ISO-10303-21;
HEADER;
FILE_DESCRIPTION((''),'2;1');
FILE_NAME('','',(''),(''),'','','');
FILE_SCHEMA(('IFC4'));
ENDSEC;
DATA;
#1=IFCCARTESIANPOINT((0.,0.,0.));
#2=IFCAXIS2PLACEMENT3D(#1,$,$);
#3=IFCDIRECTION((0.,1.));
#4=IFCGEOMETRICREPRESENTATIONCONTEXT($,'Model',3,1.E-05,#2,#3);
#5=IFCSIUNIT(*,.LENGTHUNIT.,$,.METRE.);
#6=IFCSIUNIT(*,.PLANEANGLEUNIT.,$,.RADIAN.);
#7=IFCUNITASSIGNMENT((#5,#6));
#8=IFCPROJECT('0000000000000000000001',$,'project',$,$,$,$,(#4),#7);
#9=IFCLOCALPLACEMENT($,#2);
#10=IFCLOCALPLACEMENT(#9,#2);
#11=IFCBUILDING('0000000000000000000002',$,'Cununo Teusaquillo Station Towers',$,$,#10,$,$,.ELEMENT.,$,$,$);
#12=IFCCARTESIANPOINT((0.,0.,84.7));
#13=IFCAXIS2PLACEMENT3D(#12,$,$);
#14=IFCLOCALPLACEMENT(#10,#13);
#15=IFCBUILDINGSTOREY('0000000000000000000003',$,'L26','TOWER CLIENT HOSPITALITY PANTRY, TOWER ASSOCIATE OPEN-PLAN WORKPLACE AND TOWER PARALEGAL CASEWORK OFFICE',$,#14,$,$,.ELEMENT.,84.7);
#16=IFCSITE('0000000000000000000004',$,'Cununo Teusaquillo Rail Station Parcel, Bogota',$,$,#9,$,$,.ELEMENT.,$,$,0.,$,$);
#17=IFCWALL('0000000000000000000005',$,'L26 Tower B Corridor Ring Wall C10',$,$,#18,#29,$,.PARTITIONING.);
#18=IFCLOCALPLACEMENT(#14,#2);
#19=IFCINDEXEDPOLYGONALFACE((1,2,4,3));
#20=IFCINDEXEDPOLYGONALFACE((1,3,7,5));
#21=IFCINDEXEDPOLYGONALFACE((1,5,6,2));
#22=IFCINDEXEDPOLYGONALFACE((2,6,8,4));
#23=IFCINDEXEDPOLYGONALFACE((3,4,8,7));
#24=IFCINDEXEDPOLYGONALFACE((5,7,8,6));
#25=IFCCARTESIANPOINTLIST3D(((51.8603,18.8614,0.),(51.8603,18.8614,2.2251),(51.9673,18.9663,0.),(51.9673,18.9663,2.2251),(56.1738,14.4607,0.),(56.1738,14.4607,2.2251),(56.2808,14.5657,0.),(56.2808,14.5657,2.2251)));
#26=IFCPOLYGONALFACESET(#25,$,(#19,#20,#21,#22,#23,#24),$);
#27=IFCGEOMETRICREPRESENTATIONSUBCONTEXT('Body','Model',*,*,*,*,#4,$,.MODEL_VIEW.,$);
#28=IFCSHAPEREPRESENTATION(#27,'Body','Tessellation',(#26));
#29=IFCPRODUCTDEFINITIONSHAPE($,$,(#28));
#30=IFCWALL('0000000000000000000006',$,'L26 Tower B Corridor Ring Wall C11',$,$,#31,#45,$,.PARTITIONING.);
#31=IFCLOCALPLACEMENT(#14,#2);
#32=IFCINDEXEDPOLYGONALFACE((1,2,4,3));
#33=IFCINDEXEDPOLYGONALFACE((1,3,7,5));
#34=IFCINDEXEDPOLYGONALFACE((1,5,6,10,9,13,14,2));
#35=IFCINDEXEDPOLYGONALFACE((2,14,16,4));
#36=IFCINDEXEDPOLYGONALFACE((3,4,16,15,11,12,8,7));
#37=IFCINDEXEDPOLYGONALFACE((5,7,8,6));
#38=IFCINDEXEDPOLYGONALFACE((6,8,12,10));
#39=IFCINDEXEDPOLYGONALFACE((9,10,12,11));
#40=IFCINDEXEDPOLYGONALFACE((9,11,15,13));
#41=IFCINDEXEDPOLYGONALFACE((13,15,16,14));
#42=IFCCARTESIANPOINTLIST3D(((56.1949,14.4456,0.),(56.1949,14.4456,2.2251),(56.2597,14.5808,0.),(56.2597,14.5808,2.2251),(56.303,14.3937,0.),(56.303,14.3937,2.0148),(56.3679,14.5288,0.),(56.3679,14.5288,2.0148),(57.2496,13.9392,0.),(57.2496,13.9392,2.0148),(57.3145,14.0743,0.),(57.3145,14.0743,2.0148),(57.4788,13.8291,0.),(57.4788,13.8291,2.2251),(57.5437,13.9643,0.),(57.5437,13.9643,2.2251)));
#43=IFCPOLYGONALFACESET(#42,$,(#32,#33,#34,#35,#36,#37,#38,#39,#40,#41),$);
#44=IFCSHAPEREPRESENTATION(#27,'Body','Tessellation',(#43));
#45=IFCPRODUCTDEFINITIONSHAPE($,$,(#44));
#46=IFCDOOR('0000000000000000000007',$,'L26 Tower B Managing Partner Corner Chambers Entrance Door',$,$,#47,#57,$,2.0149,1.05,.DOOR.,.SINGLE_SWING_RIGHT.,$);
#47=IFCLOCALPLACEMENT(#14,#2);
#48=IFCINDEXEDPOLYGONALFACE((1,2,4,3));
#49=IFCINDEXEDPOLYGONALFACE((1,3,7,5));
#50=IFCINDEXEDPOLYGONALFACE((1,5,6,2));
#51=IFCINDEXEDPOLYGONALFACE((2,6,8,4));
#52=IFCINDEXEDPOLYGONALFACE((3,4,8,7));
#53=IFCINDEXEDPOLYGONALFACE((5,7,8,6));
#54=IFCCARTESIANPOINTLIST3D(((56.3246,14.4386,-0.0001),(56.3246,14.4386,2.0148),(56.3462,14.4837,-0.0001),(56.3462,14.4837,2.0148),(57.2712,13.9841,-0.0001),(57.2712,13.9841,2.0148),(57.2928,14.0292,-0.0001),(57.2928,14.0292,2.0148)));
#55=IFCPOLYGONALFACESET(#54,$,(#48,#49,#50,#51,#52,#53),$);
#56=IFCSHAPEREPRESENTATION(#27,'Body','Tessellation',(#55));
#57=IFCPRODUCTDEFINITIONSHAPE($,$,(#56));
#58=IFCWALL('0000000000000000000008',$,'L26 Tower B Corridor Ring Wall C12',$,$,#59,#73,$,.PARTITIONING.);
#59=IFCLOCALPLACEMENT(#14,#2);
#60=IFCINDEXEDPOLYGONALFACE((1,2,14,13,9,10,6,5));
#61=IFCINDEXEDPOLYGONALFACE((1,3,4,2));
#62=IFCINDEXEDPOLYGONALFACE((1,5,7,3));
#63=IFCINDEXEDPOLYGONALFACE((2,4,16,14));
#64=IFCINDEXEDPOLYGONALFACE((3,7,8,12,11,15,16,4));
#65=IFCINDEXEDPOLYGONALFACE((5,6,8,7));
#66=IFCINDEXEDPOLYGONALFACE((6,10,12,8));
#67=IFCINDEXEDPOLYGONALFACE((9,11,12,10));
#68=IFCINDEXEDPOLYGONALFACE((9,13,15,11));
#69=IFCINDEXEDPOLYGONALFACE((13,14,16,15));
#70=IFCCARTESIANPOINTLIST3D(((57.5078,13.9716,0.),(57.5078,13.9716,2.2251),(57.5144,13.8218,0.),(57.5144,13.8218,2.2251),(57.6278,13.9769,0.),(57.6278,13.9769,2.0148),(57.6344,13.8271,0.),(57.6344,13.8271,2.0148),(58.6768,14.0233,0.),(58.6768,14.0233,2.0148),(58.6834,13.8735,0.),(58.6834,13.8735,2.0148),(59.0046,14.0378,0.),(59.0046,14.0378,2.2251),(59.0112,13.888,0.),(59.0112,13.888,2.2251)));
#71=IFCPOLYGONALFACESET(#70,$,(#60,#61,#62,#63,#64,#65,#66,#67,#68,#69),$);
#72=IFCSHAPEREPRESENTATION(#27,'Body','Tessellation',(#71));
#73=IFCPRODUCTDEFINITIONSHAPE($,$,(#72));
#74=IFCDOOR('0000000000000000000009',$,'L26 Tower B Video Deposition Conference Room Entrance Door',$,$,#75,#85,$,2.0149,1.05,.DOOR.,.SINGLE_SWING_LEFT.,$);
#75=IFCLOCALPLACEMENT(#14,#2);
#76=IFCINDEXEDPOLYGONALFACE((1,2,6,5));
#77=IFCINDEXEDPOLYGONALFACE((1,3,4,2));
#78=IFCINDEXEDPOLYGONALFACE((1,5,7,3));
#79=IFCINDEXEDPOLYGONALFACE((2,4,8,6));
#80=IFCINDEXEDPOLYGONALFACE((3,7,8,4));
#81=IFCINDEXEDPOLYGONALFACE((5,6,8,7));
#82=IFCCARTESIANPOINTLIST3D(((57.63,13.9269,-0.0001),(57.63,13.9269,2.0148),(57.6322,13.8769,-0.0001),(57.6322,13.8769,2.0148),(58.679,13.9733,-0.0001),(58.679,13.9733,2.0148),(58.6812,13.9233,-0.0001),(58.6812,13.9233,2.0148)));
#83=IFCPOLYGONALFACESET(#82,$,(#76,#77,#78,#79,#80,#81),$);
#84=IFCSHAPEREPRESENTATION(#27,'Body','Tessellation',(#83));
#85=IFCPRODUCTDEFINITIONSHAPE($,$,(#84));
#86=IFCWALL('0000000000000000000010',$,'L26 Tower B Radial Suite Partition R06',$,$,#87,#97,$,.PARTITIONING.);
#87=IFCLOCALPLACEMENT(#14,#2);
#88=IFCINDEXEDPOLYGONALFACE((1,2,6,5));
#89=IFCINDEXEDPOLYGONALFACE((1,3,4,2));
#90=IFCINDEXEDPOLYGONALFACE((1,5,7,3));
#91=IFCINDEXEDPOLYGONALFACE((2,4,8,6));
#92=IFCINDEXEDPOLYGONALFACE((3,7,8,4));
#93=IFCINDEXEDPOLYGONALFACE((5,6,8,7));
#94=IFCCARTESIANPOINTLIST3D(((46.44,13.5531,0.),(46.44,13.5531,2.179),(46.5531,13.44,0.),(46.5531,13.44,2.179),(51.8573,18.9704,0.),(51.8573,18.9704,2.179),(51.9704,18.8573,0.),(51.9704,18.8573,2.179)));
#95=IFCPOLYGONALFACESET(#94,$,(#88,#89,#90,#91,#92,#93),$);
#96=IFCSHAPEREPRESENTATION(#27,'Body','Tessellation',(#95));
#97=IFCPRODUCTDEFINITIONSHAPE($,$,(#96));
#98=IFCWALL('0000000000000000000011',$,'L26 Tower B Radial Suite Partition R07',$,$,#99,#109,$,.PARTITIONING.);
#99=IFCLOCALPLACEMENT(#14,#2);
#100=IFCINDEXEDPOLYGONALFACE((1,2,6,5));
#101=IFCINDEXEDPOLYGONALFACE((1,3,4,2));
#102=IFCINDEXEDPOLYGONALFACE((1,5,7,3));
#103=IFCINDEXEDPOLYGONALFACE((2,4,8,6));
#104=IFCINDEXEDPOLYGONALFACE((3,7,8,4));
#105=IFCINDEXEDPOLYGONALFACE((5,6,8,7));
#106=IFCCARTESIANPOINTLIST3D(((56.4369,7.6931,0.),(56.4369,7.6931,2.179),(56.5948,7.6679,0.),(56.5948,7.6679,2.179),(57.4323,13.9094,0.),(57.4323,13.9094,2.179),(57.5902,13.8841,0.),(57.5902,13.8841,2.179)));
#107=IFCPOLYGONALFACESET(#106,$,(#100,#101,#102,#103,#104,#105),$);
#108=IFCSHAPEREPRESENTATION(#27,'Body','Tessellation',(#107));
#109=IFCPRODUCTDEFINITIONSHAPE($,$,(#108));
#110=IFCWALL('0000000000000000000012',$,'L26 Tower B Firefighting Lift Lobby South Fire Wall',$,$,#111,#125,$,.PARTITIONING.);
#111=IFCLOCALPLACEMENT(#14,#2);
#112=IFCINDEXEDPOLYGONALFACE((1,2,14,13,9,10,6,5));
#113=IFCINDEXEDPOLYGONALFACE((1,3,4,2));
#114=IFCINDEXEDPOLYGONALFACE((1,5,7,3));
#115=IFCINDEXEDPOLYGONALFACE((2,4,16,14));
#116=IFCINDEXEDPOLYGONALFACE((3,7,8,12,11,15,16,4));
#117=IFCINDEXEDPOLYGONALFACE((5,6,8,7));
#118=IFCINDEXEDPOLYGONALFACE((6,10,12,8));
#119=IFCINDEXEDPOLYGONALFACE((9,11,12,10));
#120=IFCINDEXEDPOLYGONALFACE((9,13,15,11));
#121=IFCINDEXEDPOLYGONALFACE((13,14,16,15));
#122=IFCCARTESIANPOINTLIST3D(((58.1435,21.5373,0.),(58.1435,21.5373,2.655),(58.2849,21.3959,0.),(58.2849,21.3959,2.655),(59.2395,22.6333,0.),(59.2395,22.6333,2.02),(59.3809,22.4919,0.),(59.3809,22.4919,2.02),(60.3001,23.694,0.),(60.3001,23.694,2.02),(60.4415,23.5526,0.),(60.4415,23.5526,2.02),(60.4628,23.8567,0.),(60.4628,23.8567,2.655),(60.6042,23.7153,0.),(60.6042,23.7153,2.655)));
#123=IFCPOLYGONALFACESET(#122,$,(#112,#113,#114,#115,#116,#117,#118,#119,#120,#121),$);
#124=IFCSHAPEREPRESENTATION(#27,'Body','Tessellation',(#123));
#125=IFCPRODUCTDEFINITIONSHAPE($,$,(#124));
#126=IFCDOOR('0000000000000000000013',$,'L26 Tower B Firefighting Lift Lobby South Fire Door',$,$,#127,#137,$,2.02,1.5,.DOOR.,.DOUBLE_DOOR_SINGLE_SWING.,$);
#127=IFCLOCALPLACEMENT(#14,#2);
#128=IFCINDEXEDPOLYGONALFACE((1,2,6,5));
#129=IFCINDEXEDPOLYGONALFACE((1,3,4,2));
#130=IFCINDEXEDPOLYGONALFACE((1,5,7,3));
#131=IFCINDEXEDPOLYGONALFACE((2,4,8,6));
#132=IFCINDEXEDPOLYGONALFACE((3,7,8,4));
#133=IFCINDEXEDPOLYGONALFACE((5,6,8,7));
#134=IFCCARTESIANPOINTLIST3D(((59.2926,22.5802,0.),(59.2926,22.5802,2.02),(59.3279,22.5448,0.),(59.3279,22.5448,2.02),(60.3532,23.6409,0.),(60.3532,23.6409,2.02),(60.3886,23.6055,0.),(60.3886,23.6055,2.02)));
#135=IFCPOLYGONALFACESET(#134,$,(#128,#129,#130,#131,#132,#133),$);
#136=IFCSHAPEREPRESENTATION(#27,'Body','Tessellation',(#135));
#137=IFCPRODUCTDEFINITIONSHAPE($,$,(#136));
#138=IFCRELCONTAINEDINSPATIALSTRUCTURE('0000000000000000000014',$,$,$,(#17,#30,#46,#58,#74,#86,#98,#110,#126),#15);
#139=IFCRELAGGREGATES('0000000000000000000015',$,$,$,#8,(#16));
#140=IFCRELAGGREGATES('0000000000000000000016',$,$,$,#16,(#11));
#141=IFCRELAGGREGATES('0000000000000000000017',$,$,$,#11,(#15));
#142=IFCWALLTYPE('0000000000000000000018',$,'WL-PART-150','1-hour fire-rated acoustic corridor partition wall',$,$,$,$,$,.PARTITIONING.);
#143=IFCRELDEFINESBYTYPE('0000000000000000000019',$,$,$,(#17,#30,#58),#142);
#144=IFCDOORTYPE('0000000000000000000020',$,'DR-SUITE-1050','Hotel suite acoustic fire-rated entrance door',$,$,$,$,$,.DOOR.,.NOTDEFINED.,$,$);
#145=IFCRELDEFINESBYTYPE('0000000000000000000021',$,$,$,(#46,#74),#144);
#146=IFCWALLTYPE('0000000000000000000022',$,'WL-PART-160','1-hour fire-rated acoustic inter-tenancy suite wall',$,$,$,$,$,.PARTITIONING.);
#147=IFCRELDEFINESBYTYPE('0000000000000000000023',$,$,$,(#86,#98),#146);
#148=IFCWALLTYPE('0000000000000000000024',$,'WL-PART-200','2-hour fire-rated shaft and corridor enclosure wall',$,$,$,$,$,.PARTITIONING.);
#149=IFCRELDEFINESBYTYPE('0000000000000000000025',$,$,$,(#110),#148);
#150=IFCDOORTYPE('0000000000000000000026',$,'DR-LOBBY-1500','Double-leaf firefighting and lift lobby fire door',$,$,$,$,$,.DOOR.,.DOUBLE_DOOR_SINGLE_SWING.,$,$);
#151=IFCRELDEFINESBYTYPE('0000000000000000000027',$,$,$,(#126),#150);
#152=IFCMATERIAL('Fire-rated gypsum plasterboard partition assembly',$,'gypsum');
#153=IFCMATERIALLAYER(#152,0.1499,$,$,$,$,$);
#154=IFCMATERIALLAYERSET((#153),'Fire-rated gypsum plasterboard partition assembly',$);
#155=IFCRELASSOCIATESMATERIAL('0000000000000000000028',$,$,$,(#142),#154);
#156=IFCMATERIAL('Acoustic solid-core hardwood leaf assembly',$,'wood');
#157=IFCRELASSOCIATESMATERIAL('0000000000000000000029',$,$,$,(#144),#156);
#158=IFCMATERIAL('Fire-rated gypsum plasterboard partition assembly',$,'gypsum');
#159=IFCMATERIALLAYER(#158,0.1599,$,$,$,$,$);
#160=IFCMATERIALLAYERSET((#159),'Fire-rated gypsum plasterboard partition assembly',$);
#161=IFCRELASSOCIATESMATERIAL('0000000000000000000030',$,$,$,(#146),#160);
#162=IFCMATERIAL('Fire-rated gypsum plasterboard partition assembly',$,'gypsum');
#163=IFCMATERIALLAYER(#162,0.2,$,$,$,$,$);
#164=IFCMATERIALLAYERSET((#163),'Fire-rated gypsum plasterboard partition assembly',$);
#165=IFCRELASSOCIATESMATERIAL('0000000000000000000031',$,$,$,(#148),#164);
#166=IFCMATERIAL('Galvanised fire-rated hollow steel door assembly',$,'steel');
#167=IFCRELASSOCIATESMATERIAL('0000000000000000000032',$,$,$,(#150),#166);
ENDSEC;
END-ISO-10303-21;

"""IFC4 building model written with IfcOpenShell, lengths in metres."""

from ifc_helpers import new_model, si_unit, direction, frame, frame_2d, origin, place, context, subcontext, project, spatial, rectangle, extrude, source, transform, mapped, material, layer, layer_set, type_object, element, fill, save


model = new_model("IFC4")

# Units and contexts
model_context = context("Model", 3, precision=1e-05, world=origin(), true_north=direction((0.0, 1.0)))
body_context = subcontext(model_context, "Body", "Model", "MODEL_VIEW")
ifc_project = project(units=[si_unit("LENGTHUNIT", "METRE"), si_unit("PLANEANGLEUNIT", "RADIAN")], contexts=[model_context])

# Site, building, storey
site_placement = place(None, origin())
site = spatial("IfcSite", under=ifc_project, at=site_placement, Name="Cununo Teusaquillo Rail Station Parcel, Bogota", CompositionType="ELEMENT", RefElevation=0.0)
building_placement = place(site_placement, origin())
building = spatial("IfcBuilding", under=site, at=building_placement, Name="Cununo Teusaquillo Station Towers", CompositionType="ELEMENT")
storey_placement = place(building_placement, frame((0.0, 0.0, 84.7)))
storey = spatial("IfcBuildingStorey", under=building, at=storey_placement, Name="L26", Description="TOWER CLIENT HOSPITALITY PANTRY, TOWER ASSOCIATE OPEN-PLAN WORKPLACE AND TOWER PARALEGAL CASEWORK OFFICE", CompositionType="ELEMENT", Elevation=84.7)

# Wall
ifc_material_1 = material(Name="Fire-rated gypsum plasterboard partition assembly", Category="gypsum")
ifc_layer_1 = layer(ifc_material_1, 0.1499)
ifc_layer_set_1 = layer_set([ifc_layer_1], Name="Fire-rated gypsum plasterboard partition assembly")
wall_type_1 = type_object("IfcWallType", Name="WL-PART-150", Description="1-hour fire-rated acoustic corridor partition wall", PredefinedType="PARTITIONING", material=ifc_layer_set_1)
wall_1_placement = place(storey_placement, frame((51.9138, 18.9138, 0.0), z_axis=(0.0, 0.0, 1.0), x_axis=(0.699999, -0.714144, 0.0)))
element("IfcWall", 1, at=wall_1_placement, inside=storey, type_object=wall_type_1, Name="L26 Tower B Corridor Ring Wall C10", PredefinedType="PARTITIONING", context=body_context, shape_type="SweptSolid", body=[
    extrude(rectangle(XDim=6.1621, YDim=0.1499, at=frame_2d((3.0811, 0.0))), origin(), (0.0, 0.0, 1.0), 2.2251),
])

# Walls, openings, doors
wall_2_placement = place(storey_placement, frame((56.2273, 14.5132, 0.0), z_axis=(0.0, 0.0, 1.0), x_axis=(0.901478, -0.432826, 0.0)))
wall_2 = element("IfcWall", 2, at=wall_2_placement, inside=storey, type_object=wall_type_1, Name="L26 Tower B Corridor Ring Wall C11", PredefinedType="PARTITIONING", context=body_context, shape_type="SweptSolid", body=[
    extrude(rectangle(XDim=1.4243, YDim=0.1499, at=frame_2d((0.7122, 0.0))), origin(), (0.0, 0.0, 1.0), 2.2251),
])
shared_shape_1 = source(origin(), body_context, "Body", "SweptSolid", [
    extrude(rectangle(XDim=1.05, YDim=2.0149, at=frame_2d((0.5249, 1.0073))), frame((0.0, 0.085, 0.0), z_axis=(0.0, -1.0, 0.0), x_axis=(1.0, 0.0, 0.0)), (0.0, 0.0, 1.0), 0.1699),
])
opening_1_placement = place(wall_2_placement, frame((0.1201, 0.0, 0.0)))
opening_1 = element("IfcOpeningElement", 3, at=opening_1_placement, cuts=wall_2, PredefinedType="OPENING", context=body_context, shape_type="MappedRepresentation", body=[
    mapped(shared_shape_1, transform((0.0, 0.0, 0.0), x_axis=(1.0, 0.0, 0.0), y_axis=(0.0, 1.0, 0.0), z_axis=(0.0, 0.0, 1.0), scale=1.0)),
])
ifc_material_2 = material(Name="Acoustic solid-core hardwood leaf assembly", Category="wood")
door_type_1 = type_object("IfcDoorType", Name="DR-SUITE-1050", Description="Hotel suite acoustic fire-rated entrance door", OperationType="NOTDEFINED", PredefinedType="DOOR", material=ifc_material_2)
shared_shape_2 = source(origin(), body_context, "Body", "SweptSolid", [
    extrude(rectangle(XDim=1.05, YDim=2.0149, at=frame_2d((0.5249, 1.0073))), frame((0.0, 0.0249, 0.0), z_axis=(0.0, -1.0, 0.0), x_axis=(1.0, 0.0, 0.0)), (0.0, 0.0, 1.0), 0.05),
])
door_1_placement = place(opening_1_placement, origin())
door_1 = element("IfcDoor", 4, at=door_1_placement, inside=storey, type_object=door_type_1, Name="L26 Tower B Managing Partner Corner Chambers Entrance Door", OperationType="SINGLE_SWING_RIGHT", OverallHeight=2.0149, OverallWidth=1.05, PredefinedType="DOOR", context=body_context, shape_type="MappedRepresentation", body=[
    mapped(shared_shape_2, transform((0.0, 0.0, 0.0), x_axis=(1.0, 0.0, 0.0), y_axis=(0.0, 1.0, 0.0), z_axis=(0.0, 0.0, 1.0), scale=1.0)),
])
fill(opening_1, door_1)
wall_3_placement = place(storey_placement, frame((57.5112, 13.8967, 0.0), z_axis=(0.0, 0.0, 1.0), x_axis=(0.999025, 0.044158, 0.0)))
wall_3 = element("IfcWall", 5, at=wall_3_placement, inside=storey, type_object=wall_type_1, Name="L26 Tower B Corridor Ring Wall C12", PredefinedType="PARTITIONING", context=body_context, shape_type="SweptSolid", body=[
    extrude(rectangle(XDim=1.4983, YDim=0.1499, at=frame_2d((0.749, 0.0))), origin(), (0.0, 0.0, 1.0), 2.2251),
])
opening_2_placement = place(wall_3_placement, frame((0.1201, 0.0, 0.0)))
opening_2 = element("IfcOpeningElement", 6, at=opening_2_placement, cuts=wall_3, PredefinedType="OPENING", context=body_context, shape_type="MappedRepresentation", body=[
    mapped(shared_shape_1, transform((0.0, 0.0, 0.0), x_axis=(1.0, 0.0, 0.0), y_axis=(0.0, 1.0, 0.0), z_axis=(0.0, 0.0, 1.0), scale=1.0)),
])
door_2_placement = place(opening_2_placement, origin())
door_2 = element("IfcDoor", 7, at=door_2_placement, inside=storey, type_object=door_type_1, Name="L26 Tower B Video Deposition Conference Room Entrance Door", OperationType="SINGLE_SWING_LEFT", OverallHeight=2.0149, OverallWidth=1.05, PredefinedType="DOOR", context=body_context, shape_type="MappedRepresentation", body=[
    mapped(shared_shape_2, transform((0.0, 0.0, 0.0), x_axis=(1.0, 0.0, 0.0), y_axis=(0.0, 1.0, 0.0), z_axis=(0.0, 0.0, 1.0), scale=1.0)),
])
fill(opening_2, door_2)

# Walls
ifc_material_3 = material(Name="Fire-rated gypsum plasterboard partition assembly", Category="gypsum")
ifc_layer_2 = layer(ifc_material_3, 0.1599)
ifc_layer_set_2 = layer_set([ifc_layer_2], Name="Fire-rated gypsum plasterboard partition assembly")
wall_type_2 = type_object("IfcWallType", Name="WL-PART-160", Description="1-hour fire-rated acoustic inter-tenancy suite wall", PredefinedType="PARTITIONING", material=ifc_layer_set_2)
wall_4_placement = place(storey_placement, frame((51.9138, 18.9138, 0.0), z_axis=(0.0, 0.0, 1.0), x_axis=(-0.707107, -0.707107, 0.0)))
element("IfcWall", 8, at=wall_4_placement, inside=storey, type_object=wall_type_2, Name="L26 Tower B Radial Suite Partition R06", PredefinedType="PARTITIONING", context=body_context, shape_type="SweptSolid", body=[
    extrude(rectangle(XDim=7.6611, YDim=0.1599, at=frame_2d((3.8306, 0.0))), origin(), (0.0, 0.0, 1.0), 2.179),
])
wall_5_placement = place(storey_placement, frame((57.5112, 13.8967, 0.0), z_axis=(0.0, 0.0, 1.0), x_axis=(-0.158107, -0.987422, 0.0)))
element("IfcWall", 9, at=wall_5_placement, inside=storey, type_object=wall_type_2, Name="L26 Tower B Radial Suite Partition R07", PredefinedType="PARTITIONING", context=body_context, shape_type="SweptSolid", body=[
    extrude(rectangle(XDim=6.2954, YDim=0.1599, at=frame_2d((3.1477, 0.0))), origin(), (0.0, 0.0, 1.0), 2.179),
])

# Wall, opening, door
ifc_material_4 = material(Name="Fire-rated gypsum plasterboard partition assembly", Category="gypsum")
ifc_layer_3 = layer(ifc_material_4, 0.2)
ifc_layer_set_3 = layer_set([ifc_layer_3], Name="Fire-rated gypsum plasterboard partition assembly")
wall_type_3 = type_object("IfcWallType", Name="WL-PART-200", Description="2-hour fire-rated shaft and corridor enclosure wall", PredefinedType="PARTITIONING", material=ifc_layer_set_3)
wall_6_placement = place(storey_placement, frame((58.2141, 21.4666, 0.0), z_axis=(0.0, 0.0, 1.0), x_axis=(0.707107, 0.707107, 0.0)))
wall_6 = element("IfcWall", 10, at=wall_6_placement, inside=storey, type_object=wall_type_3, Name="L26 Tower B Firefighting Lift Lobby South Fire Wall", PredefinedType="PARTITIONING", context=body_context, shape_type="SweptSolid", body=[
    extrude(rectangle(XDim=3.28, YDim=0.2, at=frame_2d((1.6401, 0.0))), origin(), (0.0, 0.0, 1.0), 2.655),
])
shared_shape_3 = source(origin(), body_context, "Body", "SweptSolid", [
    extrude(rectangle(XDim=1.5, YDim=2.02, at=frame_2d((0.75, 1.01))), frame((0.0, 0.1099, 0.0), z_axis=(0.0, -1.0, 0.0), x_axis=(1.0, 0.0, 0.0)), (0.0, 0.0, 1.0), 0.22),
])
opening_3_placement = place(wall_6_placement, frame((1.55, 0.0, 0.0)))
opening_3 = element("IfcOpeningElement", 11, at=opening_3_placement, cuts=wall_6, PredefinedType="OPENING", context=body_context, shape_type="MappedRepresentation", body=[
    mapped(shared_shape_3, transform((0.0, 0.0, 0.0), x_axis=(1.0, 0.0, 0.0), y_axis=(0.0, 1.0, 0.0), z_axis=(0.0, 0.0, 1.0), scale=1.0)),
])
ifc_material_5 = material(Name="Galvanised fire-rated hollow steel door assembly", Category="steel")
door_type_2 = type_object("IfcDoorType", Name="DR-LOBBY-1500", Description="Double-leaf firefighting and lift lobby fire door", OperationType="DOUBLE_DOOR_SINGLE_SWING", PredefinedType="DOOR", material=ifc_material_5)
shared_shape_4 = source(origin(), body_context, "Body", "SweptSolid", [
    extrude(rectangle(XDim=1.5, YDim=2.02, at=frame_2d((0.75, 1.01))), frame((0.0, 0.0249, 0.0), z_axis=(0.0, -1.0, 0.0), x_axis=(1.0, 0.0, 0.0)), (0.0, 0.0, 1.0), 0.05),
])
door_3_placement = place(opening_3_placement, origin())
door_3 = element("IfcDoor", 12, at=door_3_placement, inside=storey, type_object=door_type_2, Name="L26 Tower B Firefighting Lift Lobby South Fire Door", OperationType="DOUBLE_DOOR_SINGLE_SWING", OverallHeight=2.02, OverallWidth=1.5, PredefinedType="DOOR", context=body_context, shape_type="MappedRepresentation", body=[
    mapped(shared_shape_4, transform((0.0, 0.0, 0.0), x_axis=(1.0, 0.0, 0.0), y_axis=(0.0, 1.0, 0.0), z_axis=(0.0, 0.0, 1.0), scale=1.0)),
])
fill(opening_3, door_3)

save(model, "model.ifc")
